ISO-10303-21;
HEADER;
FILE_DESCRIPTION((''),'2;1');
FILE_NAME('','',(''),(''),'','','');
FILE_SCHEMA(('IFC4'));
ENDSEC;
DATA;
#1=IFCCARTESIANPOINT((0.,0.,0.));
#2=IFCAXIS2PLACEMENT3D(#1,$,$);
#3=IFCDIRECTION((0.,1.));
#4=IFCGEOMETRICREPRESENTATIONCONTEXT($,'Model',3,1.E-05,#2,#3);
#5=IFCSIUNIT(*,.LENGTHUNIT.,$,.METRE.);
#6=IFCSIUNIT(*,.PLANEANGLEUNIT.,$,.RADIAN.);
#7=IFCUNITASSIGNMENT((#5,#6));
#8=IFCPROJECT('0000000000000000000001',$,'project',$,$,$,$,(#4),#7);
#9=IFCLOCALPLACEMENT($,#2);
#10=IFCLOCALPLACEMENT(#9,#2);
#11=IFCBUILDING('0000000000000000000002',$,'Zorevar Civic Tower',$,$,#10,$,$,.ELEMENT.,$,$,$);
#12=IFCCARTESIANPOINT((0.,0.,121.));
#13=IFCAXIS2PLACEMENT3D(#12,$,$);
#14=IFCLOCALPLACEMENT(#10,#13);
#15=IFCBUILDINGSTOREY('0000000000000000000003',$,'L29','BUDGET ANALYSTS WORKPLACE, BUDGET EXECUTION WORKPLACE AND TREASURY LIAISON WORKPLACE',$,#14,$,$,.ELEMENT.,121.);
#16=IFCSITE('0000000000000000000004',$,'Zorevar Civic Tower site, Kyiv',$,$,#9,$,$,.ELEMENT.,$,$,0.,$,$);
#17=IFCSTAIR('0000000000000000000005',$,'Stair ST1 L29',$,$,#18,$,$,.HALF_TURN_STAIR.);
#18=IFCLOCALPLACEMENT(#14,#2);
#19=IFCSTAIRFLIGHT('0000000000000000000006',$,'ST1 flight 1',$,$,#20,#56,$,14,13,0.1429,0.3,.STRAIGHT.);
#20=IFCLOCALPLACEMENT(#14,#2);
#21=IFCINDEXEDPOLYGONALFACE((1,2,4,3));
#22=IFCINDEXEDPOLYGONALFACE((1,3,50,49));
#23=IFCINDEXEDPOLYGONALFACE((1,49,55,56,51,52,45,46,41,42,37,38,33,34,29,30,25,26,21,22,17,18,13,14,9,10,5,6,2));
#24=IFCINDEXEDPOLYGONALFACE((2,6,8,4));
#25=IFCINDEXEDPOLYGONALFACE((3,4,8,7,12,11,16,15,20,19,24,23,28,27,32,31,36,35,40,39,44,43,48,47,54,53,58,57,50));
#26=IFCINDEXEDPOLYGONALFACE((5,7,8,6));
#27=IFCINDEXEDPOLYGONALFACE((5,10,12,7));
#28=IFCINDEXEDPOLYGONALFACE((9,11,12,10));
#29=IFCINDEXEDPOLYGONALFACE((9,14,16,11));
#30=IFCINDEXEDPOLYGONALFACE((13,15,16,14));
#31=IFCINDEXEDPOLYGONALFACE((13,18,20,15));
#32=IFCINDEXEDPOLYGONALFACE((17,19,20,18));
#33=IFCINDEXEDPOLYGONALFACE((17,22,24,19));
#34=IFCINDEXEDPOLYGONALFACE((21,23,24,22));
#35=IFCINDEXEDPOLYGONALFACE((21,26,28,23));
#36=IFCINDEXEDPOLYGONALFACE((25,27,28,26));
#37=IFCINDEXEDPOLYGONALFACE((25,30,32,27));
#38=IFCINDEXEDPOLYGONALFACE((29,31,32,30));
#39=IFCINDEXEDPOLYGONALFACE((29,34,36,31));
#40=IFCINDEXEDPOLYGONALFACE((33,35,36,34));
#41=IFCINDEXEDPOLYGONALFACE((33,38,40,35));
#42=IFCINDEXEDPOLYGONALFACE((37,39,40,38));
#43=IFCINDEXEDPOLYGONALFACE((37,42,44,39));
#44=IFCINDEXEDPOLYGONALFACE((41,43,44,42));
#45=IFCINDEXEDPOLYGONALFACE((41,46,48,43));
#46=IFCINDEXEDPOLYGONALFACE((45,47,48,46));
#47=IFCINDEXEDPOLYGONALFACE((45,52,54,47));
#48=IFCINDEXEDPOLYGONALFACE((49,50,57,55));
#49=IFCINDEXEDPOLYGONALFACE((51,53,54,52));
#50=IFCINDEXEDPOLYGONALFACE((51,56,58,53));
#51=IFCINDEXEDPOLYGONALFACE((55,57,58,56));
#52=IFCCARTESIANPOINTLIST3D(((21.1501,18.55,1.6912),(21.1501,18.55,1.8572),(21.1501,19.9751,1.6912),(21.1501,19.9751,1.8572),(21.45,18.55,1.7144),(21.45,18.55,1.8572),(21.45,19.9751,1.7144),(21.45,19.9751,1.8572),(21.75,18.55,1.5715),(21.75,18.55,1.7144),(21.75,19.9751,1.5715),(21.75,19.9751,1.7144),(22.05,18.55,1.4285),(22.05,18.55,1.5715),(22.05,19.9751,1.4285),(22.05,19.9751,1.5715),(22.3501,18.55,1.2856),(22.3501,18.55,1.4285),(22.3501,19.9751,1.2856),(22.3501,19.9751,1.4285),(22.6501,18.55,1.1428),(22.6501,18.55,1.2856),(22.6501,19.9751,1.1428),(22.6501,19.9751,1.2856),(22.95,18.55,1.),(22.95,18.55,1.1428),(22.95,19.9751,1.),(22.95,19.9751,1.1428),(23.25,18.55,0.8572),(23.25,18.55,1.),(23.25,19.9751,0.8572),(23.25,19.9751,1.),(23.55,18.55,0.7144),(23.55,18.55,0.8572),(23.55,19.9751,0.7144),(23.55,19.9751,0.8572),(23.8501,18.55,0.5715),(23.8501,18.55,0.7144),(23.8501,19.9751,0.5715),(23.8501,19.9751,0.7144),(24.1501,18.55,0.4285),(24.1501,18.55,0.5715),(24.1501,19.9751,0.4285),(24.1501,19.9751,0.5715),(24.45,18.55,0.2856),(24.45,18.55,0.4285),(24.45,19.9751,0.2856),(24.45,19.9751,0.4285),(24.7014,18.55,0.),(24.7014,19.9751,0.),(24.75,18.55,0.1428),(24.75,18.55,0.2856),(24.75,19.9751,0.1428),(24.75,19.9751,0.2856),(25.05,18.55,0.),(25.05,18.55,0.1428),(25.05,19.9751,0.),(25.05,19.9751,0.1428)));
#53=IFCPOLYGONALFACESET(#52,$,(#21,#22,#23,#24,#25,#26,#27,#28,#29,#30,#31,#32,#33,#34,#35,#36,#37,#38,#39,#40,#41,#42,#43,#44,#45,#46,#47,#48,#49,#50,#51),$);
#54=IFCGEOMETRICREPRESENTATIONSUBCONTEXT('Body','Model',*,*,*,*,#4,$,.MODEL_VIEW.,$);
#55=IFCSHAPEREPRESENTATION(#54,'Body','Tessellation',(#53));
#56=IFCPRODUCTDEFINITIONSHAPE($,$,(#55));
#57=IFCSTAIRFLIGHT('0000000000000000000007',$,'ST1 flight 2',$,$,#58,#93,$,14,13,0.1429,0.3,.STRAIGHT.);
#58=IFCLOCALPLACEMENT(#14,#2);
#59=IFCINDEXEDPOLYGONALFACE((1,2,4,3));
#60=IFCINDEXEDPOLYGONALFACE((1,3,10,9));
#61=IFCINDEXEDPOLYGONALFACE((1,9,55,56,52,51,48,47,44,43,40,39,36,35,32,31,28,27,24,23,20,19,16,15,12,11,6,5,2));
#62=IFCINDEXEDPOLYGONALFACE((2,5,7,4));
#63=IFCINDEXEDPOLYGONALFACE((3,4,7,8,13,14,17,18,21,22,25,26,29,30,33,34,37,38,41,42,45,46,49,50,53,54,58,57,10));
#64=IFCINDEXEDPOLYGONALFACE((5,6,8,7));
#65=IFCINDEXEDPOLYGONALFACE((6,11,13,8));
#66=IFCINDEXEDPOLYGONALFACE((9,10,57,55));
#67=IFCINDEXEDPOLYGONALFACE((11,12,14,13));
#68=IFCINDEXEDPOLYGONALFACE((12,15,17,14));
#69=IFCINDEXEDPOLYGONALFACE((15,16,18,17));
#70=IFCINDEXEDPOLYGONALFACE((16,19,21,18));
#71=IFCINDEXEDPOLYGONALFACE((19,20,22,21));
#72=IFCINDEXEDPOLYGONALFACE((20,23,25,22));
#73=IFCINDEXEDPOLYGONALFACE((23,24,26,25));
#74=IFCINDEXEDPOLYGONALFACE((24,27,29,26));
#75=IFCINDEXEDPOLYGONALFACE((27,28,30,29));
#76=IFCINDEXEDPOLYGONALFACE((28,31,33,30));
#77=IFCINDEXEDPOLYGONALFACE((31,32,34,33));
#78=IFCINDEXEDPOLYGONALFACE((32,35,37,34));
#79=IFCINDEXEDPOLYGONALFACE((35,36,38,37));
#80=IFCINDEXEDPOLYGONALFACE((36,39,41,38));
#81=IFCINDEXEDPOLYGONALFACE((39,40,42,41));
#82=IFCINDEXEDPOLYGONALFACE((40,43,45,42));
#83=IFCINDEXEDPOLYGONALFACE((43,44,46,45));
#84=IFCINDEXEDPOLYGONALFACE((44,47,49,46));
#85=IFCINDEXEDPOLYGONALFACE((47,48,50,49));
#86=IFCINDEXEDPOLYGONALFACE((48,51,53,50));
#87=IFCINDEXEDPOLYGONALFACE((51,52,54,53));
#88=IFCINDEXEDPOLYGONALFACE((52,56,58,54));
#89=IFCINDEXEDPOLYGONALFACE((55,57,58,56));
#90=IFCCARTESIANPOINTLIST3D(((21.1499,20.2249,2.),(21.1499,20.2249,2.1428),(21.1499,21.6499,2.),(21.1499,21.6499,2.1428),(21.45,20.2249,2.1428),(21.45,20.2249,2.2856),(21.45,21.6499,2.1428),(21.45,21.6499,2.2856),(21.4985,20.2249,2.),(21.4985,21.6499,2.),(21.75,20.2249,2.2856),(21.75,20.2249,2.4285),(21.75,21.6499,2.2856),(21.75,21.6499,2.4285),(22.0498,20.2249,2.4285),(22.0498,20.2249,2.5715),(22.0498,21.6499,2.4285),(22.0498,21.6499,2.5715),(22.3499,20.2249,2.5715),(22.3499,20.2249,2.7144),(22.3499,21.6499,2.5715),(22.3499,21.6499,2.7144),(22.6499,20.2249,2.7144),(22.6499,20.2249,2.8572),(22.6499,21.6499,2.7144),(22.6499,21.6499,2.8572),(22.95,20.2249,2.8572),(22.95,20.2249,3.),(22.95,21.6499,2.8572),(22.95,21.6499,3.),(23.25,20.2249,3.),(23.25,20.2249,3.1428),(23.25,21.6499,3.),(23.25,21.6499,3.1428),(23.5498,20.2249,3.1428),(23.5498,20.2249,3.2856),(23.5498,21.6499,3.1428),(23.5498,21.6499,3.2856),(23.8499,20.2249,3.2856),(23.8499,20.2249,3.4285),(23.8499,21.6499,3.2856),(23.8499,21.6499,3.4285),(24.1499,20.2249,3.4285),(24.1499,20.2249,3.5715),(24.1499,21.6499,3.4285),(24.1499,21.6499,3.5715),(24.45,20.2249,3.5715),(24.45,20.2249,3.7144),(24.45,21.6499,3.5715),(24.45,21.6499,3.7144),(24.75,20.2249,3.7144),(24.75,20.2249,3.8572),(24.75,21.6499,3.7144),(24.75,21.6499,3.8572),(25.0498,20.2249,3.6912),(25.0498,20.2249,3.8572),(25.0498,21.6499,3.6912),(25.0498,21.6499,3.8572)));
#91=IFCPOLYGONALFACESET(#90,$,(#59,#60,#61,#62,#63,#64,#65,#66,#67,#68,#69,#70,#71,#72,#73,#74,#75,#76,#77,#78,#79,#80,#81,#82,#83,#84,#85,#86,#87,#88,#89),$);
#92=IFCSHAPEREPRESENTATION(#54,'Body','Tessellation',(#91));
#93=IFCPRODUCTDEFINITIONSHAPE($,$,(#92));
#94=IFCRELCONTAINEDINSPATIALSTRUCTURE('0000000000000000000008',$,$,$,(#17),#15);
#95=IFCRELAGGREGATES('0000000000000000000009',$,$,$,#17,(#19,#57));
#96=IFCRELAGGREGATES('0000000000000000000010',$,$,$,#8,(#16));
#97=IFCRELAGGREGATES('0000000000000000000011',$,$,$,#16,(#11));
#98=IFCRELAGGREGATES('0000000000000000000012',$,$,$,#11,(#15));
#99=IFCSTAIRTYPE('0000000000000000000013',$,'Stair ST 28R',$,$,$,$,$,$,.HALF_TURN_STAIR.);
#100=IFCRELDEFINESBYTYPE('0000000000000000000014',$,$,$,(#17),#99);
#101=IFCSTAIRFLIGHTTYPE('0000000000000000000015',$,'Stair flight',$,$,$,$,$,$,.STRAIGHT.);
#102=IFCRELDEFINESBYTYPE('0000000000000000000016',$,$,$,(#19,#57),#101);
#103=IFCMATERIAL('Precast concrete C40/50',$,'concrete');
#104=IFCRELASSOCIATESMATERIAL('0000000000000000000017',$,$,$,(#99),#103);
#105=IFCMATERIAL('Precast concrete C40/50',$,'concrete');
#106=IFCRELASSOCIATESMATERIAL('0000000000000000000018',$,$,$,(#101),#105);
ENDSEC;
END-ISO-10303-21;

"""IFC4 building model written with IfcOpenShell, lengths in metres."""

from ifc_helpers import new_model, si_unit, direction, frame, origin, place, context, subcontext, project, spatial, polyline, outline, extrude, material, type_object, element, aggregate, save


model = new_model("IFC4")

# Units and contexts
model_context = context("Model", 3, precision=1e-05, world=origin(), true_north=direction((0.0, 1.0)))
body_context = subcontext(model_context, "Body", "Model", "MODEL_VIEW")
ifc_project = project(units=[si_unit("LENGTHUNIT", "METRE"), si_unit("PLANEANGLEUNIT", "RADIAN")], contexts=[model_context])

# Site, building, storey
site_placement = place(None, origin())
site = spatial("IfcSite", under=ifc_project, at=site_placement, Name="Zorevar Civic Tower site, Kyiv", CompositionType="ELEMENT", RefElevation=0.0)
building_placement = place(site_placement, origin())
building = spatial("IfcBuilding", under=site, at=building_placement, Name="Zorevar Civic Tower", CompositionType="ELEMENT")
storey_placement = place(building_placement, frame((0.0, 0.0, 121.0)))
storey = spatial("IfcBuildingStorey", under=building, at=storey_placement, Name="L29", Description="BUDGET ANALYSTS WORKPLACE, BUDGET EXECUTION WORKPLACE AND TREASURY LIAISON WORKPLACE", CompositionType="ELEMENT", Elevation=121.0)

# Stair, stair flights
ifc_material_1 = material(Name="Precast concrete C40/50", Category="concrete")
stair_type = type_object("IfcStairType", Name="Stair ST 28R", PredefinedType="HALF_TURN_STAIR", material=ifc_material_1)
stair_placement = place(storey_placement, origin())
stair = element("IfcStair", 1, at=stair_placement, inside=storey, type_object=stair_type, Name="Stair ST1 L29", PredefinedType="HALF_TURN_STAIR")
ifc_material_2 = material(Name="Precast concrete C40/50", Category="concrete")
stair_flight_type = type_object("IfcStairFlightType", Name="Stair flight", PredefinedType="STRAIGHT", material=ifc_material_2)
stair_flight_1_placement = place(storey_placement, frame((25.05, 19.2625, 0.0), z_axis=(0.0, 0.0, 1.0), x_axis=(-1.0, 0.0, 0.0)))
stair_flight_1 = element("IfcStairFlight", 2, at=stair_flight_1_placement, type_object=stair_flight_type, Name="ST1 flight 1", NumberOfRisers=14, NumberOfTreads=13, PredefinedType="STRAIGHT", RiserHeight=0.1429, TreadLength=0.3, context=body_context, shape_type="SweptSolid", body=[
    extrude(outline(polyline([(0.0, 0.0), (0.0, 0.1428), (0.3, 0.1428), (0.3, 0.2856), (0.6001, 0.2856), (0.6001, 0.4285), (0.8999, 0.4285), (0.8999, 0.5715), (1.2, 0.5715), (1.2, 0.7144), (1.5, 0.7144), (1.5, 0.8572), (1.8, 0.8572), (1.8, 1.0), (2.1001, 1.0), (2.1001, 1.1428), (2.3999, 1.1428), (2.3999, 1.2856), (2.7, 1.2856), (2.7, 1.4285), (3.0, 1.4285), (3.0, 1.5715), (3.3, 1.5715), (3.3, 1.7144), (3.6001, 1.7144), (3.6001, 1.8572), (3.8999, 1.8572), (3.8999, 2.0), (3.8999, 1.6912), (0.3486, 0.0), (0.0, 0.0)])), frame((0.0, 0.7124, 0.0), z_axis=(0.0, -1.0, 0.0), x_axis=(1.0, 0.0, 0.0)), (0.0, 0.0, 1.0), 1.425),
])
stair_flight_2_placement = place(storey_placement, frame((21.1499, 20.9375, 2.0), z_axis=(0.0, 0.0, 1.0), x_axis=(1.0, 0.0, 0.0)))
stair_flight_2 = element("IfcStairFlight", 3, at=stair_flight_2_placement, type_object=stair_flight_type, Name="ST1 flight 2", NumberOfRisers=14, NumberOfTreads=13, PredefinedType="STRAIGHT", RiserHeight=0.1429, TreadLength=0.3, context=body_context, shape_type="SweptSolid", body=[
    extrude(outline(polyline([(0.0, 0.0), (0.0, 0.1428), (0.3, 0.1428), (0.3, 0.2856), (0.6001, 0.2856), (0.6001, 0.4285), (0.8999, 0.4285), (0.8999, 0.5715), (1.2, 0.5715), (1.2, 0.7144), (1.5, 0.7144), (1.5, 0.8572), (1.8, 0.8572), (1.8, 1.0), (2.1001, 1.0), (2.1001, 1.1428), (2.3999, 1.1428), (2.3999, 1.2856), (2.7, 1.2856), (2.7, 1.4285), (3.0, 1.4285), (3.0, 1.5715), (3.3, 1.5715), (3.3, 1.7144), (3.6001, 1.7144), (3.6001, 1.8572), (3.8999, 1.8572), (3.8999, 2.0), (3.8999, 1.6912), (0.3486, 0.0), (0.0, 0.0)])), frame((0.0, 0.7124, 0.0), z_axis=(0.0, -1.0, 0.0), x_axis=(1.0, 0.0, 0.0)), (0.0, 0.0, 1.0), 1.425),
])
aggregate(stair, [stair_flight_1, stair_flight_2])

save(model, "model.ifc")
